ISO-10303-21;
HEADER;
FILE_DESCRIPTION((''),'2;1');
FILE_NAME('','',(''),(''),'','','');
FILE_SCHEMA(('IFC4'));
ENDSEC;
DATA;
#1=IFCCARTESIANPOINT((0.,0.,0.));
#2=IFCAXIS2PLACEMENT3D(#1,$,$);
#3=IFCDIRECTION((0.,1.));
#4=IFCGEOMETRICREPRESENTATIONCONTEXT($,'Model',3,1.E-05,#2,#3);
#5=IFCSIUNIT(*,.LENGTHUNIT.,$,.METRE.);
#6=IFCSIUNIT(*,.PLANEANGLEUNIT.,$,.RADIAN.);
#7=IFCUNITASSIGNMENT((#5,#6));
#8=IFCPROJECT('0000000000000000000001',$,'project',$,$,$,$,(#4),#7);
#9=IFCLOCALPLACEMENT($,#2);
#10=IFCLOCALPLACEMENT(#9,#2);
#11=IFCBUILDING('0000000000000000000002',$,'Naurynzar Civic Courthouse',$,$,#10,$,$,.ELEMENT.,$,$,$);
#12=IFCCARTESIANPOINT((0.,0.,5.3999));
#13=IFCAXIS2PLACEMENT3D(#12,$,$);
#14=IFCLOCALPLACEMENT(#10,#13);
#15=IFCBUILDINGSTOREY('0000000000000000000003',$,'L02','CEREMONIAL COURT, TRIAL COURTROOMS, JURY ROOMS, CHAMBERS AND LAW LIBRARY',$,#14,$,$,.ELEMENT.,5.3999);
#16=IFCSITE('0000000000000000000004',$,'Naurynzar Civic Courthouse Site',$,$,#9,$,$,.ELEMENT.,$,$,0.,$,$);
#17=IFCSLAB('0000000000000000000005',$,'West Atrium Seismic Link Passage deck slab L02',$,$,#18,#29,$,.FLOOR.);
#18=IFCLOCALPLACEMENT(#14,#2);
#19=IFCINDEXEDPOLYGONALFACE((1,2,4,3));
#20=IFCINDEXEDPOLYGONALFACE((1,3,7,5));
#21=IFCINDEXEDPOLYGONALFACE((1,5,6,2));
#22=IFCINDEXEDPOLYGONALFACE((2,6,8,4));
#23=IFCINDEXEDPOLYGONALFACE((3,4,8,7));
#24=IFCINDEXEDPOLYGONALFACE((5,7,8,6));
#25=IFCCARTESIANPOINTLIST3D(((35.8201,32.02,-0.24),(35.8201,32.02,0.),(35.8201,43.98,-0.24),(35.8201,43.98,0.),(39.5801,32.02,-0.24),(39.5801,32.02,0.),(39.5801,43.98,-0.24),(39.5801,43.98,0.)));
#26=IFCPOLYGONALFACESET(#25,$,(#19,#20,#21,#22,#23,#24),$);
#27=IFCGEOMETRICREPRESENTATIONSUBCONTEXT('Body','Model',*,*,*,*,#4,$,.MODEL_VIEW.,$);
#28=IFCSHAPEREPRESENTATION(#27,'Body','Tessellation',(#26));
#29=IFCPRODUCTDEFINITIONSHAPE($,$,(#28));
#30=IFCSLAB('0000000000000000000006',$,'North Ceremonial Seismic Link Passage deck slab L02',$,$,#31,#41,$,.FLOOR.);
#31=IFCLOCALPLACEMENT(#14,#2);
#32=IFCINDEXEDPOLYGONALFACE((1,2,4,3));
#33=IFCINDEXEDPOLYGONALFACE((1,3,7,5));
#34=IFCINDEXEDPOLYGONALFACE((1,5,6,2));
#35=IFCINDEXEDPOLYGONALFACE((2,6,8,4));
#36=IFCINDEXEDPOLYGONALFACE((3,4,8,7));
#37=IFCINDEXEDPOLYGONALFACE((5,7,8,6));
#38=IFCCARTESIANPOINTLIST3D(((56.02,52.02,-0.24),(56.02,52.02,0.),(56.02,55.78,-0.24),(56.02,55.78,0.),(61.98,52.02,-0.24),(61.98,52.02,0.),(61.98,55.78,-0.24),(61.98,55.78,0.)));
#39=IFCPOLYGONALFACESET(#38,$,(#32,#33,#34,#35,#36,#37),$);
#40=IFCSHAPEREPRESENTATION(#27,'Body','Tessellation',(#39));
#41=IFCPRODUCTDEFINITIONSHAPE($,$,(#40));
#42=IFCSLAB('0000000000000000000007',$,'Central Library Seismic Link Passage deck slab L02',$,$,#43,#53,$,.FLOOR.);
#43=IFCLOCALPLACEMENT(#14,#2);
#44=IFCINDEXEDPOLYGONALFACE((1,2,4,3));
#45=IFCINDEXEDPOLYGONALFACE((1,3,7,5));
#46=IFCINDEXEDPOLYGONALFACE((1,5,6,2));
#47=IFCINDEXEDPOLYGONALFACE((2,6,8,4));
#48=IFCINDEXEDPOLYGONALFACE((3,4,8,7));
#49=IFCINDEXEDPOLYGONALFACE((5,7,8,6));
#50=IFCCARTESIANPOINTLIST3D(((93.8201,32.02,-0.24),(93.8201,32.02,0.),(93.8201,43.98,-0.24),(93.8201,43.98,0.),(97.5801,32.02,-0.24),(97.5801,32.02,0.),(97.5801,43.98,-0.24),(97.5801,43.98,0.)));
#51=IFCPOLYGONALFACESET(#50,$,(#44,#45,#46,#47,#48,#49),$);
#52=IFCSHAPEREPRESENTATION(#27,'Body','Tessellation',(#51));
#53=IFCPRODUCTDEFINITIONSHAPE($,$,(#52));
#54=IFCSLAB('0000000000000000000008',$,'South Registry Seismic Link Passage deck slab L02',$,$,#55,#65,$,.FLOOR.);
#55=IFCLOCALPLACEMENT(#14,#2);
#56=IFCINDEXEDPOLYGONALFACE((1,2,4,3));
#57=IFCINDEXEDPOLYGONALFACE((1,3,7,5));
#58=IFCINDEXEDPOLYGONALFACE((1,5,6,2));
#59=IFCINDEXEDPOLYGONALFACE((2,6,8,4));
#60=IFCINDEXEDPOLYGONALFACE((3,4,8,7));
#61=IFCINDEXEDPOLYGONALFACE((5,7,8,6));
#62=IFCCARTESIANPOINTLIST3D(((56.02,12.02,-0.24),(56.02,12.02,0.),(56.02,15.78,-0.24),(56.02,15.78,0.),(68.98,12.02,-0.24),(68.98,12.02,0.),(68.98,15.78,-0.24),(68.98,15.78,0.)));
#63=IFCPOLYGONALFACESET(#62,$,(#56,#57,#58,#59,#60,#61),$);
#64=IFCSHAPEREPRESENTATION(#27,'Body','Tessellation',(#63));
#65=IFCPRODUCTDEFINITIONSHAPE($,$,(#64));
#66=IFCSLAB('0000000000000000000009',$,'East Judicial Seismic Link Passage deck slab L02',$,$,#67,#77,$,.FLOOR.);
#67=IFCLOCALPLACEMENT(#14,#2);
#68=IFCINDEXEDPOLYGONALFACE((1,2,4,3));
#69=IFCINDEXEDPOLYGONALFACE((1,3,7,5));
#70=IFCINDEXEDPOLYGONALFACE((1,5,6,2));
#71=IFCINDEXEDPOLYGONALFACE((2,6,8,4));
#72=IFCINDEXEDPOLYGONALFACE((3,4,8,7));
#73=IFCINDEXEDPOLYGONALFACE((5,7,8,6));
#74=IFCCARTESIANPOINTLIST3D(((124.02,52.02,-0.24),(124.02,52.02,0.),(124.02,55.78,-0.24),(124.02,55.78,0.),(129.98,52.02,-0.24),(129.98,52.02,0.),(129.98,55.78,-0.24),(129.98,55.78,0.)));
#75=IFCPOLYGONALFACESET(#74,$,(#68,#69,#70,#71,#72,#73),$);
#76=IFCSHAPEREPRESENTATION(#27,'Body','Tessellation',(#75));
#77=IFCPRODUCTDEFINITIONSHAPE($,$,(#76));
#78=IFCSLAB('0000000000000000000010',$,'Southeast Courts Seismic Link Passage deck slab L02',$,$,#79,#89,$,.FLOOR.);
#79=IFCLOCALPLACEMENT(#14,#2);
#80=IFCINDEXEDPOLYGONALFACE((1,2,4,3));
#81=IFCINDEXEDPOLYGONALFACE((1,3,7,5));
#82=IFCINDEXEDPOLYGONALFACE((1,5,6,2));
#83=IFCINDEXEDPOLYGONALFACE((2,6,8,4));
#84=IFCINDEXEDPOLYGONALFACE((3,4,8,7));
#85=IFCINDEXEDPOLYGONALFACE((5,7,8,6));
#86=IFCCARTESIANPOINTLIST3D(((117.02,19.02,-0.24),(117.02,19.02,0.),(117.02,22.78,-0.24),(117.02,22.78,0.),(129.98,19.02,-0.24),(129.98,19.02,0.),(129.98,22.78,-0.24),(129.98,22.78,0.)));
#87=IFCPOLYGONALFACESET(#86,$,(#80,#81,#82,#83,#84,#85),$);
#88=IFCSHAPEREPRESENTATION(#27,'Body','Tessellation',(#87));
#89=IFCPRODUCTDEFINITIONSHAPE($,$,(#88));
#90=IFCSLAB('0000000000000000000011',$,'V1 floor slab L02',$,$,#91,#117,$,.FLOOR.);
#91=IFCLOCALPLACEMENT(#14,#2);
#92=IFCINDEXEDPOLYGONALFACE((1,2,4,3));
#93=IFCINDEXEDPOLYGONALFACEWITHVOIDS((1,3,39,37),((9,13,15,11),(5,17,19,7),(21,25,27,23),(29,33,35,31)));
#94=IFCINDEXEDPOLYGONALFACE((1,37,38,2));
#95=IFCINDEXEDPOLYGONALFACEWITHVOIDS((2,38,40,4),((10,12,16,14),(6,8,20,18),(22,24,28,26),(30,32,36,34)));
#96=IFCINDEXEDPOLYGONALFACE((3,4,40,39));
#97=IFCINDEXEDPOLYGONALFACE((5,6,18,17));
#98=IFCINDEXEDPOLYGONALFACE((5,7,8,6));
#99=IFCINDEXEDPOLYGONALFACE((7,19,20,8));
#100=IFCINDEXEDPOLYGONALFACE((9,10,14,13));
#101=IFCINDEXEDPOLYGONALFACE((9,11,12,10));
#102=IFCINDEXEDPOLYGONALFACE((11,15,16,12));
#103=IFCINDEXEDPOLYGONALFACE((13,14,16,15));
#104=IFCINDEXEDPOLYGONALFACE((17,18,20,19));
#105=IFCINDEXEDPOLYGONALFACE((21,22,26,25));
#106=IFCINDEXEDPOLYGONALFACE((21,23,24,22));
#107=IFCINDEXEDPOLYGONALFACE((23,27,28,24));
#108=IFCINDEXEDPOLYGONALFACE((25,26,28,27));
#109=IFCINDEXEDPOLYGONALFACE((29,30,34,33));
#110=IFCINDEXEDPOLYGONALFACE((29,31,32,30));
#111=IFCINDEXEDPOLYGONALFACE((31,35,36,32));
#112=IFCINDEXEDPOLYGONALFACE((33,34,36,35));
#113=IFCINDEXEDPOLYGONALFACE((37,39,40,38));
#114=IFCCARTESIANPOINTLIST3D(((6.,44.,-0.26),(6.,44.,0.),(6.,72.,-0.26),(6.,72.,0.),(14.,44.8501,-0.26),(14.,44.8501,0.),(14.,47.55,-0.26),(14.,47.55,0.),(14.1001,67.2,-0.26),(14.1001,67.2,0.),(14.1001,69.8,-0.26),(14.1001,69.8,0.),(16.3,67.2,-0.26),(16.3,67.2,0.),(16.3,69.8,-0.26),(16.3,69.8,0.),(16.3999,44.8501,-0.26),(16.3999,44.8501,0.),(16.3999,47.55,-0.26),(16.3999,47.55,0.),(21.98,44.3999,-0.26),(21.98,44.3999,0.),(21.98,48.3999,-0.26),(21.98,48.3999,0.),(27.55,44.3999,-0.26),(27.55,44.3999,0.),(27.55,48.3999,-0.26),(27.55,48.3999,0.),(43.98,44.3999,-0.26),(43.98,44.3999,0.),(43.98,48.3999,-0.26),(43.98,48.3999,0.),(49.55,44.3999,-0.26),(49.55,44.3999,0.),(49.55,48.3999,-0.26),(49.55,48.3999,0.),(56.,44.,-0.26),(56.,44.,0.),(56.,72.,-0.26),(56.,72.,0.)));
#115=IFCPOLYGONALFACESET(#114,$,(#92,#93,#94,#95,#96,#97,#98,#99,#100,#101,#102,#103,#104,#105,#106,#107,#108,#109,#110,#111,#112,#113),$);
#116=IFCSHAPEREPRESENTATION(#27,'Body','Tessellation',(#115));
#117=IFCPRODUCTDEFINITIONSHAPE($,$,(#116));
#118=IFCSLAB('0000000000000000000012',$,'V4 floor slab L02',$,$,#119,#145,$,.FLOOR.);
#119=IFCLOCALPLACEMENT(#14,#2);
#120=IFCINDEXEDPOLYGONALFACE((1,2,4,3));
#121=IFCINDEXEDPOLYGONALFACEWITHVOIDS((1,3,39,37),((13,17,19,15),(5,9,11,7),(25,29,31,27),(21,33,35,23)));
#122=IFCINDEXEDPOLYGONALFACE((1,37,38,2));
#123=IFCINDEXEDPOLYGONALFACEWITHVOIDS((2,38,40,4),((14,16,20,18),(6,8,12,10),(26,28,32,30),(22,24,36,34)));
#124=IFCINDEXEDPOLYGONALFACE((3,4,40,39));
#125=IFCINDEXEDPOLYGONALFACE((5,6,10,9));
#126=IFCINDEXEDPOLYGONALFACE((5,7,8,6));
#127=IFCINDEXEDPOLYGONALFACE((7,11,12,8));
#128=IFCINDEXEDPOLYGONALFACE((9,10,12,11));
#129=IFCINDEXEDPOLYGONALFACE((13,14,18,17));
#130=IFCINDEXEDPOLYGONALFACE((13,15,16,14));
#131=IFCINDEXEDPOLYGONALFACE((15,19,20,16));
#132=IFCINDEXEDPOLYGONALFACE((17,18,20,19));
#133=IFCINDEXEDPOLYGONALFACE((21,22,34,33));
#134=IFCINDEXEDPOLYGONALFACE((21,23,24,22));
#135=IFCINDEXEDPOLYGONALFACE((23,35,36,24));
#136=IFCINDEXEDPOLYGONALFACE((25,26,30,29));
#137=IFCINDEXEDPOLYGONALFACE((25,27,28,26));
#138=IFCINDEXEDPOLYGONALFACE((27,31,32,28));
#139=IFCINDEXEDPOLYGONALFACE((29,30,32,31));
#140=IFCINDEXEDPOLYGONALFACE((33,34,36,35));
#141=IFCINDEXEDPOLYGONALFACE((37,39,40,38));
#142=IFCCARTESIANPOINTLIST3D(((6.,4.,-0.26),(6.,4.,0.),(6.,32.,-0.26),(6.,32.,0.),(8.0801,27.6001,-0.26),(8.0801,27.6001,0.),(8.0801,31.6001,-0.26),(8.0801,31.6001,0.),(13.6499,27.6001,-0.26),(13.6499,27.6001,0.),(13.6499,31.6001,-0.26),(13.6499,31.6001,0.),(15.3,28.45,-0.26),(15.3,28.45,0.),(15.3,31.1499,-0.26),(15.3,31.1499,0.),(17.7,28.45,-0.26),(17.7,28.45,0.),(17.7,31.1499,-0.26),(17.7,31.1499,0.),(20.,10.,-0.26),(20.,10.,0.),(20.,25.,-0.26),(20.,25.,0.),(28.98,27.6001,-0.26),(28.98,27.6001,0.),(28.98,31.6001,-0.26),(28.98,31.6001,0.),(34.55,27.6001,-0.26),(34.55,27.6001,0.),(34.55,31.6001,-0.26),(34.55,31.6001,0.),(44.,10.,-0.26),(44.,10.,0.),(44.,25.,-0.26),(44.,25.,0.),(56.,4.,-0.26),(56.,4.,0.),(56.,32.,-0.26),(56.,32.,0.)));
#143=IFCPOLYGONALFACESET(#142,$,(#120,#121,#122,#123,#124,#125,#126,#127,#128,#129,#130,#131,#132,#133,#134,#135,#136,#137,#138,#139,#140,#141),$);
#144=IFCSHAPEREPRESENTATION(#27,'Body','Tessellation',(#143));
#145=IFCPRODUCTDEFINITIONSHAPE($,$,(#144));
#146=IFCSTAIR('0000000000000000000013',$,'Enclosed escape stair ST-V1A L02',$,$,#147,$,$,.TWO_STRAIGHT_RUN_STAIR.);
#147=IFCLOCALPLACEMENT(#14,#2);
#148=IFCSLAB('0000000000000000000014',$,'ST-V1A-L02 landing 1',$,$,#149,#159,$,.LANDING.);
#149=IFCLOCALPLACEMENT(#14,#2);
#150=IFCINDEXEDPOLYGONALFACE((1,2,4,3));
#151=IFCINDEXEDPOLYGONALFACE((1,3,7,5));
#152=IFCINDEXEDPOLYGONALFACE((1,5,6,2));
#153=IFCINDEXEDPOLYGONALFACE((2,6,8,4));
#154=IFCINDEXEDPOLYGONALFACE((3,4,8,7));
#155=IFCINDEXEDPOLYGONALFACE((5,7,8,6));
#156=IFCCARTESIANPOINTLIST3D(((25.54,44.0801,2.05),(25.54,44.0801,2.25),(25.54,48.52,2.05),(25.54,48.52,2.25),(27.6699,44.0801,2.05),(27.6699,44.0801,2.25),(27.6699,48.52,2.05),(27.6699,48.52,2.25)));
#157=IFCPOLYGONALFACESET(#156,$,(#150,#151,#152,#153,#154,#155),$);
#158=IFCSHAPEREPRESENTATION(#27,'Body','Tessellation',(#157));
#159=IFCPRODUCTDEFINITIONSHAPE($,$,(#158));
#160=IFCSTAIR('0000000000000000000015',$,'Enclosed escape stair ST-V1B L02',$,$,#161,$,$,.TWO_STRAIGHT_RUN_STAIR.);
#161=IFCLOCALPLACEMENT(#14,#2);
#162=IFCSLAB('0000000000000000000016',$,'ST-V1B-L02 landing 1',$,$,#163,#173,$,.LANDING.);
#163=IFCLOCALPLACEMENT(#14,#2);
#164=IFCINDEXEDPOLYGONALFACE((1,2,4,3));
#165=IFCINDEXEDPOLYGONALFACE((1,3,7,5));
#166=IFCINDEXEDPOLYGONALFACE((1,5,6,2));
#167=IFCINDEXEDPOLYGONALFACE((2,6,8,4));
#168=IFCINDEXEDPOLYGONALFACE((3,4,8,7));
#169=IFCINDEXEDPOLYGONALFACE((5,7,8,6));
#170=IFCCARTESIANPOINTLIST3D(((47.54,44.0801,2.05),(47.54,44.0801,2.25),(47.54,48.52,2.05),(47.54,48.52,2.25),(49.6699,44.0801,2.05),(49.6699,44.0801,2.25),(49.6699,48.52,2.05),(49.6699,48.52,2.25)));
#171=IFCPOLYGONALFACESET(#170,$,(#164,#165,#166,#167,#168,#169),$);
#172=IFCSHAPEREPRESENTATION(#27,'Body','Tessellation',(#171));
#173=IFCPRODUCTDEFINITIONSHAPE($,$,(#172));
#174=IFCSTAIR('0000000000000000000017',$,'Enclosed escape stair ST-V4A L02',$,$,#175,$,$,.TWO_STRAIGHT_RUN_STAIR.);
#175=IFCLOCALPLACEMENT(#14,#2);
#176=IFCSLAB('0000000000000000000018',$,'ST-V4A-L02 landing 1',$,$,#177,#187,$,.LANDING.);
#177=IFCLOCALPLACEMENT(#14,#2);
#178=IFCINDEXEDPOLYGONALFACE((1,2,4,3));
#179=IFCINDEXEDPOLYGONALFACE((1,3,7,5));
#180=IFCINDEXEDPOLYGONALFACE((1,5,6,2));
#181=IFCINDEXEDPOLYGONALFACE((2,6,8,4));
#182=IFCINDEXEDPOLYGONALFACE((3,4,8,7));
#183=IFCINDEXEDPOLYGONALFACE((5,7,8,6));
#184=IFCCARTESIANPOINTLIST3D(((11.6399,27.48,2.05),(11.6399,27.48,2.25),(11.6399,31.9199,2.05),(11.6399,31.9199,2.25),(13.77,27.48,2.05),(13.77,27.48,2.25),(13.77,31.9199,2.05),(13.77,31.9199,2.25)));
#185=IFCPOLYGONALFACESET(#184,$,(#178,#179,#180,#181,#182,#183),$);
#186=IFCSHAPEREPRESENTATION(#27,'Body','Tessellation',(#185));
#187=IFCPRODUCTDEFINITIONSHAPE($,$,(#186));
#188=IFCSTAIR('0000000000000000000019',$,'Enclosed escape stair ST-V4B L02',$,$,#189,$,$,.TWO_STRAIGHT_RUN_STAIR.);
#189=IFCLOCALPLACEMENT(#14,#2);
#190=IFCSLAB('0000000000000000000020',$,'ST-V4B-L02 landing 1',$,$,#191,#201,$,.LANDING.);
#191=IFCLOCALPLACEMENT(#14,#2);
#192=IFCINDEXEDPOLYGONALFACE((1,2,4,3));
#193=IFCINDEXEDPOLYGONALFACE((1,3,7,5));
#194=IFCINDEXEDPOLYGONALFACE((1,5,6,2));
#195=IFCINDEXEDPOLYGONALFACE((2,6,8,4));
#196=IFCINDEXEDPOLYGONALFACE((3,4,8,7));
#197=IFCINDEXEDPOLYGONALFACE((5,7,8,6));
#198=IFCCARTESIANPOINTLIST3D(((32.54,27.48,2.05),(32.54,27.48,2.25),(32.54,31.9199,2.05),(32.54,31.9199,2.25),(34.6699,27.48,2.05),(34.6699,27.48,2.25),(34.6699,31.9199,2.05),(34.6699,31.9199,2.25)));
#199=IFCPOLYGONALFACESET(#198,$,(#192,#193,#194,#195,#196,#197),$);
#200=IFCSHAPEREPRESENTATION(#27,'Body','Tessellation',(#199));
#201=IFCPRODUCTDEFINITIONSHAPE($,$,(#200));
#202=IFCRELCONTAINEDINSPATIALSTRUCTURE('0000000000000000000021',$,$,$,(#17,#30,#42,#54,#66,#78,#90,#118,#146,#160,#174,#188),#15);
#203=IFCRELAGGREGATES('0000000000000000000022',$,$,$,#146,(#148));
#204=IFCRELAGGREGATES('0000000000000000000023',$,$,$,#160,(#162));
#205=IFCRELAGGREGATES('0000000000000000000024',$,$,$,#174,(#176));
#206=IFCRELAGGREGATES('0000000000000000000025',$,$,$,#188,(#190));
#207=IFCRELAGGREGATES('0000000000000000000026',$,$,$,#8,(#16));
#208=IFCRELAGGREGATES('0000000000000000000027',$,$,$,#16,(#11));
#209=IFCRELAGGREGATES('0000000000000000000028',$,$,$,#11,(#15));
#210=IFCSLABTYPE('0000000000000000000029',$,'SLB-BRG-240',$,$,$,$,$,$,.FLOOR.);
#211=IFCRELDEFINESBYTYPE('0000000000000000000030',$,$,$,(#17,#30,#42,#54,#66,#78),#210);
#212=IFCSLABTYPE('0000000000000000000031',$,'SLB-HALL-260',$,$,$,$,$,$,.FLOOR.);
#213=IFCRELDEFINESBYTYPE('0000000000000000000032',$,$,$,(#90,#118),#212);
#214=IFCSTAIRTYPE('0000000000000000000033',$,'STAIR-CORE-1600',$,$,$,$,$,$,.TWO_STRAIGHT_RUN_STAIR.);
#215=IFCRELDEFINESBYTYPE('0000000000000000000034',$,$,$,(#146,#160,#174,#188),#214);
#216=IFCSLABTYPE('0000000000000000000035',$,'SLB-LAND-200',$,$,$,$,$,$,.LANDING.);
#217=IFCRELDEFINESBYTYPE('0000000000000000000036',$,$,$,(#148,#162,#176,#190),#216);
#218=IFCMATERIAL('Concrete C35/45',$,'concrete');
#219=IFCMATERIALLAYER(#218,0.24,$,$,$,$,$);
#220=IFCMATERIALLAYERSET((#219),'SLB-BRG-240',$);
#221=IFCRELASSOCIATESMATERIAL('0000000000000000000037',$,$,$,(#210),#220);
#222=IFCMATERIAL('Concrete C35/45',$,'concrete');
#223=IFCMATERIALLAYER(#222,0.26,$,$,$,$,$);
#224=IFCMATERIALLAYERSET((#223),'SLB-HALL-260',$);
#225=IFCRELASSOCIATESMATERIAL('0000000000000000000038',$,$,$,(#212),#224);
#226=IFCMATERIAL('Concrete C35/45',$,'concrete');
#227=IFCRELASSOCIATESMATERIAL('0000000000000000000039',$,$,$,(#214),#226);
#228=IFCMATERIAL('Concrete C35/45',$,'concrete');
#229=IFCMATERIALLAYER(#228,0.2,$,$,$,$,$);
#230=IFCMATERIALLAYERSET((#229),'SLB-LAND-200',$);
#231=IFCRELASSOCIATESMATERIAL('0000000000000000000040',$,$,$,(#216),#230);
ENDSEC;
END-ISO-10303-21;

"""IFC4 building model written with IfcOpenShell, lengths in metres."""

from ifc_helpers import new_model, si_unit, direction, frame, origin, place, context, subcontext, project, spatial, polyline, outline, extrude, material, layer, layer_set, type_object, element, aggregate, save


model = new_model("IFC4")

# Units and contexts
model_context = context("Model", 3, precision=1e-05, world=origin(), true_north=direction((0.0, 1.0)))
body_context = subcontext(model_context, "Body", "Model", "MODEL_VIEW")
ifc_project = project(units=[si_unit("LENGTHUNIT", "METRE"), si_unit("PLANEANGLEUNIT", "RADIAN")], contexts=[model_context])

# Site, building, storey
site_placement = place(None, origin())
site = spatial("IfcSite", under=ifc_project, at=site_placement, Name="Naurynzar Civic Courthouse Site", CompositionType="ELEMENT", RefElevation=0.0)
building_placement = place(site_placement, origin())
building = spatial("IfcBuilding", under=site, at=building_placement, Name="Naurynzar Civic Courthouse", CompositionType="ELEMENT")
storey_placement = place(building_placement, frame((0.0, 0.0, 5.3999)))
storey = spatial("IfcBuildingStorey", under=building, at=storey_placement, Name="L02", Description="CEREMONIAL COURT, TRIAL COURTROOMS, JURY ROOMS, CHAMBERS AND LAW LIBRARY", CompositionType="ELEMENT", Elevation=5.3999)

# Slabs
ifc_material_1 = material(Name="Concrete C35/45", Category="concrete")
ifc_layer_1 = layer(ifc_material_1, 0.24)
ifc_layer_set_1 = layer_set([ifc_layer_1], Name="SLB-BRG-240")
slab_type_1 = type_object("IfcSlabType", Name="SLB-BRG-240", PredefinedType="FLOOR", material=ifc_layer_set_1)
slab_1_placement = place(storey_placement, frame((0.0, 0.0, -0.24)))
element("IfcSlab", 1, at=slab_1_placement, inside=storey, type_object=slab_type_1, Name="West Atrium Seismic Link Passage deck slab L02", PredefinedType="FLOOR", context=body_context, shape_type="SweptSolid", body=[
    extrude(outline(polyline([(35.8201, 32.02), (39.5801, 32.02), (39.5801, 43.98), (35.8201, 43.98), (35.8201, 32.02)])), origin(), (0.0, 0.0, 1.0), 0.24),
])
slab_2_placement = place(storey_placement, frame((0.0, 0.0, -0.24)))
element("IfcSlab", 2, at=slab_2_placement, inside=storey, type_object=slab_type_1, Name="North Ceremonial Seismic Link Passage deck slab L02", PredefinedType="FLOOR", context=body_context, shape_type="SweptSolid", body=[
    extrude(outline(polyline([(56.02, 52.02), (61.98, 52.02), (61.98, 55.78), (56.02, 55.78), (56.02, 52.02)])), origin(), (0.0, 0.0, 1.0), 0.24),
])
slab_3_placement = place(storey_placement, frame((0.0, 0.0, -0.24)))
element("IfcSlab", 3, at=slab_3_placement, inside=storey, type_object=slab_type_1, Name="Central Library Seismic Link Passage deck slab L02", PredefinedType="FLOOR", context=body_context, shape_type="SweptSolid", body=[
    extrude(outline(polyline([(93.8201, 32.02), (97.5801, 32.02), (97.5801, 43.98), (93.8201, 43.98), (93.8201, 32.02)])), origin(), (0.0, 0.0, 1.0), 0.24),
])
slab_4_placement = place(storey_placement, frame((0.0, 0.0, -0.24)))
element("IfcSlab", 4, at=slab_4_placement, inside=storey, type_object=slab_type_1, Name="South Registry Seismic Link Passage deck slab L02", PredefinedType="FLOOR", context=body_context, shape_type="SweptSolid", body=[
    extrude(outline(polyline([(56.02, 12.02), (68.98, 12.02), (68.98, 15.78), (56.02, 15.78), (56.02, 12.02)])), origin(), (0.0, 0.0, 1.0), 0.24),
])
slab_5_placement = place(storey_placement, frame((0.0, 0.0, -0.24)))
element("IfcSlab", 5, at=slab_5_placement, inside=storey, type_object=slab_type_1, Name="East Judicial Seismic Link Passage deck slab L02", PredefinedType="FLOOR", context=body_context, shape_type="SweptSolid", body=[
    extrude(outline(polyline([(124.02, 52.02), (129.98, 52.02), (129.98, 55.78), (124.02, 55.78), (124.02, 52.02)])), origin(), (0.0, 0.0, 1.0), 0.24),
])
slab_6_placement = place(storey_placement, frame((0.0, 0.0, -0.24)))
element("IfcSlab", 6, at=slab_6_placement, inside=storey, type_object=slab_type_1, Name="Southeast Courts Seismic Link Passage deck slab L02", PredefinedType="FLOOR", context=body_context, shape_type="SweptSolid", body=[
    extrude(outline(polyline([(117.02, 19.02), (129.98, 19.02), (129.98, 22.78), (117.02, 22.78), (117.02, 19.02)])), origin(), (0.0, 0.0, 1.0), 0.24),
])
ifc_material_2 = material(Name="Concrete C35/45", Category="concrete")
ifc_layer_2 = layer(ifc_material_2, 0.26)
ifc_layer_set_2 = layer_set([ifc_layer_2], Name="SLB-HALL-260")
slab_type_2 = type_object("IfcSlabType", Name="SLB-HALL-260", PredefinedType="FLOOR", material=ifc_layer_set_2)
slab_7_placement = place(storey_placement, frame((0.0, 0.0, -0.26)))
element("IfcSlab", 7, at=slab_7_placement, inside=storey, type_object=slab_type_2, Name="V1 floor slab L02", PredefinedType="FLOOR", context=body_context, shape_type="SweptSolid", body=[
    extrude(outline(polyline([(56.0, 44.0), (56.0, 72.0), (6.0, 72.0), (6.0, 44.0), (56.0, 44.0)]), holes=[polyline([(21.98, 44.3999), (27.55, 44.3999), (27.55, 48.3999), (21.98, 48.3999), (21.98, 44.3999)]), polyline([(43.98, 44.3999), (49.55, 44.3999), (49.55, 48.3999), (43.98, 48.3999), (43.98, 44.3999)]), polyline([(14.0, 44.8501), (16.3999, 44.8501), (16.3999, 47.55), (14.0, 47.55), (14.0, 44.8501)]), polyline([(14.1001, 67.2), (16.3, 67.2), (16.3, 69.8), (14.1001, 69.8), (14.1001, 67.2)])]), origin(), (0.0, 0.0, 1.0), 0.26),
])
slab_8_placement = place(storey_placement, frame((0.0, 0.0, -0.26)))
element("IfcSlab", 8, at=slab_8_placement, inside=storey, type_object=slab_type_2, Name="V4 floor slab L02", PredefinedType="FLOOR", context=body_context, shape_type="SweptSolid", body=[
    extrude(outline(polyline([(6.0, 4.0), (6.0, 32.0), (56.0, 32.0), (56.0, 4.0), (6.0, 4.0)]), holes=[polyline([(44.0, 25.0), (20.0, 25.0), (20.0, 10.0), (44.0, 10.0), (44.0, 25.0)]), polyline([(8.0801, 27.6001), (13.6499, 27.6001), (13.6499, 31.6001), (8.0801, 31.6001), (8.0801, 27.6001)]), polyline([(28.98, 27.6001), (34.55, 27.6001), (34.55, 31.6001), (28.98, 31.6001), (28.98, 27.6001)]), polyline([(15.3, 28.45), (17.7, 28.45), (17.7, 31.1499), (15.3, 31.1499), (15.3, 28.45)])]), origin(), (0.0, 0.0, 1.0), 0.26),
])

# Stairs, slabs
ifc_material_3 = material(Name="Concrete C35/45", Category="concrete")
stair_type_1 = type_object("IfcStairType", Name="STAIR-CORE-1600", PredefinedType="TWO_STRAIGHT_RUN_STAIR", material=ifc_material_3)
stair_1_placement = place(storey_placement, origin())
stair_1 = element("IfcStair", 9, at=stair_1_placement, inside=storey, type_object=stair_type_1, Name="Enclosed escape stair ST-V1A L02", PredefinedType="TWO_STRAIGHT_RUN_STAIR")
ifc_material_4 = material(Name="Concrete C35/45", Category="concrete")
ifc_layer_3 = layer(ifc_material_4, 0.2)
ifc_layer_set_3 = layer_set([ifc_layer_3], Name="SLB-LAND-200")
slab_type_3 = type_object("IfcSlabType", Name="SLB-LAND-200", PredefinedType="LANDING", material=ifc_layer_set_3)
slab_9_placement = place(storey_placement, frame((0.0, 0.0, 2.05)))
slab_9 = element("IfcSlab", 10, at=slab_9_placement, type_object=slab_type_3, Name="ST-V1A-L02 landing 1", PredefinedType="LANDING", context=body_context, shape_type="SweptSolid", body=[
    extrude(outline(polyline([(25.54, 44.0801), (27.6699, 44.0801), (27.6699, 48.52), (25.54, 48.52), (25.54, 44.0801)])), origin(), (0.0, 0.0, 1.0), 0.2),
])
aggregate(stair_1, [slab_9])
stair_2_placement = place(storey_placement, origin())
stair_2 = element("IfcStair", 11, at=stair_2_placement, inside=storey, type_object=stair_type_1, Name="Enclosed escape stair ST-V1B L02", PredefinedType="TWO_STRAIGHT_RUN_STAIR")
slab_10_placement = place(storey_placement, frame((0.0, 0.0, 2.05)))
slab_10 = element("IfcSlab", 12, at=slab_10_placement, type_object=slab_type_3, Name="ST-V1B-L02 landing 1", PredefinedType="LANDING", context=body_context, shape_type="SweptSolid", body=[
    extrude(outline(polyline([(47.54, 44.0801), (49.6699, 44.0801), (49.6699, 48.52), (47.54, 48.52), (47.54, 44.0801)])), origin(), (0.0, 0.0, 1.0), 0.2),
])
aggregate(stair_2, [slab_10])
stair_3_placement = place(storey_placement, origin())
stair_3 = element("IfcStair", 13, at=stair_3_placement, inside=storey, type_object=stair_type_1, Name="Enclosed escape stair ST-V4A L02", PredefinedType="TWO_STRAIGHT_RUN_STAIR")
slab_11_placement = place(storey_placement, frame((0.0, 0.0, 2.05)))
slab_11 = element("IfcSlab", 14, at=slab_11_placement, type_object=slab_type_3, Name="ST-V4A-L02 landing 1", PredefinedType="LANDING", context=body_context, shape_type="SweptSolid", body=[
    extrude(outline(polyline([(11.6399, 27.48), (13.77, 27.48), (13.77, 31.9199), (11.6399, 31.9199), (11.6399, 27.48)])), origin(), (0.0, 0.0, 1.0), 0.2),
])
aggregate(stair_3, [slab_11])
stair_4_placement = place(storey_placement, origin())
stair_4 = element("IfcStair", 15, at=stair_4_placement, inside=storey, type_object=stair_type_1, Name="Enclosed escape stair ST-V4B L02", PredefinedType="TWO_STRAIGHT_RUN_STAIR")
slab_12_placement = place(storey_placement, frame((0.0, 0.0, 2.05)))
slab_12 = element("IfcSlab", 16, at=slab_12_placement, type_object=slab_type_3, Name="ST-V4B-L02 landing 1", PredefinedType="LANDING", context=body_context, shape_type="SweptSolid", body=[
    extrude(outline(polyline([(32.54, 27.48), (34.6699, 27.48), (34.6699, 31.9199), (32.54, 31.9199), (32.54, 27.48)])), origin(), (0.0, 0.0, 1.0), 0.2),
])
aggregate(stair_4, [slab_12])

save(model, "model.ifc")
